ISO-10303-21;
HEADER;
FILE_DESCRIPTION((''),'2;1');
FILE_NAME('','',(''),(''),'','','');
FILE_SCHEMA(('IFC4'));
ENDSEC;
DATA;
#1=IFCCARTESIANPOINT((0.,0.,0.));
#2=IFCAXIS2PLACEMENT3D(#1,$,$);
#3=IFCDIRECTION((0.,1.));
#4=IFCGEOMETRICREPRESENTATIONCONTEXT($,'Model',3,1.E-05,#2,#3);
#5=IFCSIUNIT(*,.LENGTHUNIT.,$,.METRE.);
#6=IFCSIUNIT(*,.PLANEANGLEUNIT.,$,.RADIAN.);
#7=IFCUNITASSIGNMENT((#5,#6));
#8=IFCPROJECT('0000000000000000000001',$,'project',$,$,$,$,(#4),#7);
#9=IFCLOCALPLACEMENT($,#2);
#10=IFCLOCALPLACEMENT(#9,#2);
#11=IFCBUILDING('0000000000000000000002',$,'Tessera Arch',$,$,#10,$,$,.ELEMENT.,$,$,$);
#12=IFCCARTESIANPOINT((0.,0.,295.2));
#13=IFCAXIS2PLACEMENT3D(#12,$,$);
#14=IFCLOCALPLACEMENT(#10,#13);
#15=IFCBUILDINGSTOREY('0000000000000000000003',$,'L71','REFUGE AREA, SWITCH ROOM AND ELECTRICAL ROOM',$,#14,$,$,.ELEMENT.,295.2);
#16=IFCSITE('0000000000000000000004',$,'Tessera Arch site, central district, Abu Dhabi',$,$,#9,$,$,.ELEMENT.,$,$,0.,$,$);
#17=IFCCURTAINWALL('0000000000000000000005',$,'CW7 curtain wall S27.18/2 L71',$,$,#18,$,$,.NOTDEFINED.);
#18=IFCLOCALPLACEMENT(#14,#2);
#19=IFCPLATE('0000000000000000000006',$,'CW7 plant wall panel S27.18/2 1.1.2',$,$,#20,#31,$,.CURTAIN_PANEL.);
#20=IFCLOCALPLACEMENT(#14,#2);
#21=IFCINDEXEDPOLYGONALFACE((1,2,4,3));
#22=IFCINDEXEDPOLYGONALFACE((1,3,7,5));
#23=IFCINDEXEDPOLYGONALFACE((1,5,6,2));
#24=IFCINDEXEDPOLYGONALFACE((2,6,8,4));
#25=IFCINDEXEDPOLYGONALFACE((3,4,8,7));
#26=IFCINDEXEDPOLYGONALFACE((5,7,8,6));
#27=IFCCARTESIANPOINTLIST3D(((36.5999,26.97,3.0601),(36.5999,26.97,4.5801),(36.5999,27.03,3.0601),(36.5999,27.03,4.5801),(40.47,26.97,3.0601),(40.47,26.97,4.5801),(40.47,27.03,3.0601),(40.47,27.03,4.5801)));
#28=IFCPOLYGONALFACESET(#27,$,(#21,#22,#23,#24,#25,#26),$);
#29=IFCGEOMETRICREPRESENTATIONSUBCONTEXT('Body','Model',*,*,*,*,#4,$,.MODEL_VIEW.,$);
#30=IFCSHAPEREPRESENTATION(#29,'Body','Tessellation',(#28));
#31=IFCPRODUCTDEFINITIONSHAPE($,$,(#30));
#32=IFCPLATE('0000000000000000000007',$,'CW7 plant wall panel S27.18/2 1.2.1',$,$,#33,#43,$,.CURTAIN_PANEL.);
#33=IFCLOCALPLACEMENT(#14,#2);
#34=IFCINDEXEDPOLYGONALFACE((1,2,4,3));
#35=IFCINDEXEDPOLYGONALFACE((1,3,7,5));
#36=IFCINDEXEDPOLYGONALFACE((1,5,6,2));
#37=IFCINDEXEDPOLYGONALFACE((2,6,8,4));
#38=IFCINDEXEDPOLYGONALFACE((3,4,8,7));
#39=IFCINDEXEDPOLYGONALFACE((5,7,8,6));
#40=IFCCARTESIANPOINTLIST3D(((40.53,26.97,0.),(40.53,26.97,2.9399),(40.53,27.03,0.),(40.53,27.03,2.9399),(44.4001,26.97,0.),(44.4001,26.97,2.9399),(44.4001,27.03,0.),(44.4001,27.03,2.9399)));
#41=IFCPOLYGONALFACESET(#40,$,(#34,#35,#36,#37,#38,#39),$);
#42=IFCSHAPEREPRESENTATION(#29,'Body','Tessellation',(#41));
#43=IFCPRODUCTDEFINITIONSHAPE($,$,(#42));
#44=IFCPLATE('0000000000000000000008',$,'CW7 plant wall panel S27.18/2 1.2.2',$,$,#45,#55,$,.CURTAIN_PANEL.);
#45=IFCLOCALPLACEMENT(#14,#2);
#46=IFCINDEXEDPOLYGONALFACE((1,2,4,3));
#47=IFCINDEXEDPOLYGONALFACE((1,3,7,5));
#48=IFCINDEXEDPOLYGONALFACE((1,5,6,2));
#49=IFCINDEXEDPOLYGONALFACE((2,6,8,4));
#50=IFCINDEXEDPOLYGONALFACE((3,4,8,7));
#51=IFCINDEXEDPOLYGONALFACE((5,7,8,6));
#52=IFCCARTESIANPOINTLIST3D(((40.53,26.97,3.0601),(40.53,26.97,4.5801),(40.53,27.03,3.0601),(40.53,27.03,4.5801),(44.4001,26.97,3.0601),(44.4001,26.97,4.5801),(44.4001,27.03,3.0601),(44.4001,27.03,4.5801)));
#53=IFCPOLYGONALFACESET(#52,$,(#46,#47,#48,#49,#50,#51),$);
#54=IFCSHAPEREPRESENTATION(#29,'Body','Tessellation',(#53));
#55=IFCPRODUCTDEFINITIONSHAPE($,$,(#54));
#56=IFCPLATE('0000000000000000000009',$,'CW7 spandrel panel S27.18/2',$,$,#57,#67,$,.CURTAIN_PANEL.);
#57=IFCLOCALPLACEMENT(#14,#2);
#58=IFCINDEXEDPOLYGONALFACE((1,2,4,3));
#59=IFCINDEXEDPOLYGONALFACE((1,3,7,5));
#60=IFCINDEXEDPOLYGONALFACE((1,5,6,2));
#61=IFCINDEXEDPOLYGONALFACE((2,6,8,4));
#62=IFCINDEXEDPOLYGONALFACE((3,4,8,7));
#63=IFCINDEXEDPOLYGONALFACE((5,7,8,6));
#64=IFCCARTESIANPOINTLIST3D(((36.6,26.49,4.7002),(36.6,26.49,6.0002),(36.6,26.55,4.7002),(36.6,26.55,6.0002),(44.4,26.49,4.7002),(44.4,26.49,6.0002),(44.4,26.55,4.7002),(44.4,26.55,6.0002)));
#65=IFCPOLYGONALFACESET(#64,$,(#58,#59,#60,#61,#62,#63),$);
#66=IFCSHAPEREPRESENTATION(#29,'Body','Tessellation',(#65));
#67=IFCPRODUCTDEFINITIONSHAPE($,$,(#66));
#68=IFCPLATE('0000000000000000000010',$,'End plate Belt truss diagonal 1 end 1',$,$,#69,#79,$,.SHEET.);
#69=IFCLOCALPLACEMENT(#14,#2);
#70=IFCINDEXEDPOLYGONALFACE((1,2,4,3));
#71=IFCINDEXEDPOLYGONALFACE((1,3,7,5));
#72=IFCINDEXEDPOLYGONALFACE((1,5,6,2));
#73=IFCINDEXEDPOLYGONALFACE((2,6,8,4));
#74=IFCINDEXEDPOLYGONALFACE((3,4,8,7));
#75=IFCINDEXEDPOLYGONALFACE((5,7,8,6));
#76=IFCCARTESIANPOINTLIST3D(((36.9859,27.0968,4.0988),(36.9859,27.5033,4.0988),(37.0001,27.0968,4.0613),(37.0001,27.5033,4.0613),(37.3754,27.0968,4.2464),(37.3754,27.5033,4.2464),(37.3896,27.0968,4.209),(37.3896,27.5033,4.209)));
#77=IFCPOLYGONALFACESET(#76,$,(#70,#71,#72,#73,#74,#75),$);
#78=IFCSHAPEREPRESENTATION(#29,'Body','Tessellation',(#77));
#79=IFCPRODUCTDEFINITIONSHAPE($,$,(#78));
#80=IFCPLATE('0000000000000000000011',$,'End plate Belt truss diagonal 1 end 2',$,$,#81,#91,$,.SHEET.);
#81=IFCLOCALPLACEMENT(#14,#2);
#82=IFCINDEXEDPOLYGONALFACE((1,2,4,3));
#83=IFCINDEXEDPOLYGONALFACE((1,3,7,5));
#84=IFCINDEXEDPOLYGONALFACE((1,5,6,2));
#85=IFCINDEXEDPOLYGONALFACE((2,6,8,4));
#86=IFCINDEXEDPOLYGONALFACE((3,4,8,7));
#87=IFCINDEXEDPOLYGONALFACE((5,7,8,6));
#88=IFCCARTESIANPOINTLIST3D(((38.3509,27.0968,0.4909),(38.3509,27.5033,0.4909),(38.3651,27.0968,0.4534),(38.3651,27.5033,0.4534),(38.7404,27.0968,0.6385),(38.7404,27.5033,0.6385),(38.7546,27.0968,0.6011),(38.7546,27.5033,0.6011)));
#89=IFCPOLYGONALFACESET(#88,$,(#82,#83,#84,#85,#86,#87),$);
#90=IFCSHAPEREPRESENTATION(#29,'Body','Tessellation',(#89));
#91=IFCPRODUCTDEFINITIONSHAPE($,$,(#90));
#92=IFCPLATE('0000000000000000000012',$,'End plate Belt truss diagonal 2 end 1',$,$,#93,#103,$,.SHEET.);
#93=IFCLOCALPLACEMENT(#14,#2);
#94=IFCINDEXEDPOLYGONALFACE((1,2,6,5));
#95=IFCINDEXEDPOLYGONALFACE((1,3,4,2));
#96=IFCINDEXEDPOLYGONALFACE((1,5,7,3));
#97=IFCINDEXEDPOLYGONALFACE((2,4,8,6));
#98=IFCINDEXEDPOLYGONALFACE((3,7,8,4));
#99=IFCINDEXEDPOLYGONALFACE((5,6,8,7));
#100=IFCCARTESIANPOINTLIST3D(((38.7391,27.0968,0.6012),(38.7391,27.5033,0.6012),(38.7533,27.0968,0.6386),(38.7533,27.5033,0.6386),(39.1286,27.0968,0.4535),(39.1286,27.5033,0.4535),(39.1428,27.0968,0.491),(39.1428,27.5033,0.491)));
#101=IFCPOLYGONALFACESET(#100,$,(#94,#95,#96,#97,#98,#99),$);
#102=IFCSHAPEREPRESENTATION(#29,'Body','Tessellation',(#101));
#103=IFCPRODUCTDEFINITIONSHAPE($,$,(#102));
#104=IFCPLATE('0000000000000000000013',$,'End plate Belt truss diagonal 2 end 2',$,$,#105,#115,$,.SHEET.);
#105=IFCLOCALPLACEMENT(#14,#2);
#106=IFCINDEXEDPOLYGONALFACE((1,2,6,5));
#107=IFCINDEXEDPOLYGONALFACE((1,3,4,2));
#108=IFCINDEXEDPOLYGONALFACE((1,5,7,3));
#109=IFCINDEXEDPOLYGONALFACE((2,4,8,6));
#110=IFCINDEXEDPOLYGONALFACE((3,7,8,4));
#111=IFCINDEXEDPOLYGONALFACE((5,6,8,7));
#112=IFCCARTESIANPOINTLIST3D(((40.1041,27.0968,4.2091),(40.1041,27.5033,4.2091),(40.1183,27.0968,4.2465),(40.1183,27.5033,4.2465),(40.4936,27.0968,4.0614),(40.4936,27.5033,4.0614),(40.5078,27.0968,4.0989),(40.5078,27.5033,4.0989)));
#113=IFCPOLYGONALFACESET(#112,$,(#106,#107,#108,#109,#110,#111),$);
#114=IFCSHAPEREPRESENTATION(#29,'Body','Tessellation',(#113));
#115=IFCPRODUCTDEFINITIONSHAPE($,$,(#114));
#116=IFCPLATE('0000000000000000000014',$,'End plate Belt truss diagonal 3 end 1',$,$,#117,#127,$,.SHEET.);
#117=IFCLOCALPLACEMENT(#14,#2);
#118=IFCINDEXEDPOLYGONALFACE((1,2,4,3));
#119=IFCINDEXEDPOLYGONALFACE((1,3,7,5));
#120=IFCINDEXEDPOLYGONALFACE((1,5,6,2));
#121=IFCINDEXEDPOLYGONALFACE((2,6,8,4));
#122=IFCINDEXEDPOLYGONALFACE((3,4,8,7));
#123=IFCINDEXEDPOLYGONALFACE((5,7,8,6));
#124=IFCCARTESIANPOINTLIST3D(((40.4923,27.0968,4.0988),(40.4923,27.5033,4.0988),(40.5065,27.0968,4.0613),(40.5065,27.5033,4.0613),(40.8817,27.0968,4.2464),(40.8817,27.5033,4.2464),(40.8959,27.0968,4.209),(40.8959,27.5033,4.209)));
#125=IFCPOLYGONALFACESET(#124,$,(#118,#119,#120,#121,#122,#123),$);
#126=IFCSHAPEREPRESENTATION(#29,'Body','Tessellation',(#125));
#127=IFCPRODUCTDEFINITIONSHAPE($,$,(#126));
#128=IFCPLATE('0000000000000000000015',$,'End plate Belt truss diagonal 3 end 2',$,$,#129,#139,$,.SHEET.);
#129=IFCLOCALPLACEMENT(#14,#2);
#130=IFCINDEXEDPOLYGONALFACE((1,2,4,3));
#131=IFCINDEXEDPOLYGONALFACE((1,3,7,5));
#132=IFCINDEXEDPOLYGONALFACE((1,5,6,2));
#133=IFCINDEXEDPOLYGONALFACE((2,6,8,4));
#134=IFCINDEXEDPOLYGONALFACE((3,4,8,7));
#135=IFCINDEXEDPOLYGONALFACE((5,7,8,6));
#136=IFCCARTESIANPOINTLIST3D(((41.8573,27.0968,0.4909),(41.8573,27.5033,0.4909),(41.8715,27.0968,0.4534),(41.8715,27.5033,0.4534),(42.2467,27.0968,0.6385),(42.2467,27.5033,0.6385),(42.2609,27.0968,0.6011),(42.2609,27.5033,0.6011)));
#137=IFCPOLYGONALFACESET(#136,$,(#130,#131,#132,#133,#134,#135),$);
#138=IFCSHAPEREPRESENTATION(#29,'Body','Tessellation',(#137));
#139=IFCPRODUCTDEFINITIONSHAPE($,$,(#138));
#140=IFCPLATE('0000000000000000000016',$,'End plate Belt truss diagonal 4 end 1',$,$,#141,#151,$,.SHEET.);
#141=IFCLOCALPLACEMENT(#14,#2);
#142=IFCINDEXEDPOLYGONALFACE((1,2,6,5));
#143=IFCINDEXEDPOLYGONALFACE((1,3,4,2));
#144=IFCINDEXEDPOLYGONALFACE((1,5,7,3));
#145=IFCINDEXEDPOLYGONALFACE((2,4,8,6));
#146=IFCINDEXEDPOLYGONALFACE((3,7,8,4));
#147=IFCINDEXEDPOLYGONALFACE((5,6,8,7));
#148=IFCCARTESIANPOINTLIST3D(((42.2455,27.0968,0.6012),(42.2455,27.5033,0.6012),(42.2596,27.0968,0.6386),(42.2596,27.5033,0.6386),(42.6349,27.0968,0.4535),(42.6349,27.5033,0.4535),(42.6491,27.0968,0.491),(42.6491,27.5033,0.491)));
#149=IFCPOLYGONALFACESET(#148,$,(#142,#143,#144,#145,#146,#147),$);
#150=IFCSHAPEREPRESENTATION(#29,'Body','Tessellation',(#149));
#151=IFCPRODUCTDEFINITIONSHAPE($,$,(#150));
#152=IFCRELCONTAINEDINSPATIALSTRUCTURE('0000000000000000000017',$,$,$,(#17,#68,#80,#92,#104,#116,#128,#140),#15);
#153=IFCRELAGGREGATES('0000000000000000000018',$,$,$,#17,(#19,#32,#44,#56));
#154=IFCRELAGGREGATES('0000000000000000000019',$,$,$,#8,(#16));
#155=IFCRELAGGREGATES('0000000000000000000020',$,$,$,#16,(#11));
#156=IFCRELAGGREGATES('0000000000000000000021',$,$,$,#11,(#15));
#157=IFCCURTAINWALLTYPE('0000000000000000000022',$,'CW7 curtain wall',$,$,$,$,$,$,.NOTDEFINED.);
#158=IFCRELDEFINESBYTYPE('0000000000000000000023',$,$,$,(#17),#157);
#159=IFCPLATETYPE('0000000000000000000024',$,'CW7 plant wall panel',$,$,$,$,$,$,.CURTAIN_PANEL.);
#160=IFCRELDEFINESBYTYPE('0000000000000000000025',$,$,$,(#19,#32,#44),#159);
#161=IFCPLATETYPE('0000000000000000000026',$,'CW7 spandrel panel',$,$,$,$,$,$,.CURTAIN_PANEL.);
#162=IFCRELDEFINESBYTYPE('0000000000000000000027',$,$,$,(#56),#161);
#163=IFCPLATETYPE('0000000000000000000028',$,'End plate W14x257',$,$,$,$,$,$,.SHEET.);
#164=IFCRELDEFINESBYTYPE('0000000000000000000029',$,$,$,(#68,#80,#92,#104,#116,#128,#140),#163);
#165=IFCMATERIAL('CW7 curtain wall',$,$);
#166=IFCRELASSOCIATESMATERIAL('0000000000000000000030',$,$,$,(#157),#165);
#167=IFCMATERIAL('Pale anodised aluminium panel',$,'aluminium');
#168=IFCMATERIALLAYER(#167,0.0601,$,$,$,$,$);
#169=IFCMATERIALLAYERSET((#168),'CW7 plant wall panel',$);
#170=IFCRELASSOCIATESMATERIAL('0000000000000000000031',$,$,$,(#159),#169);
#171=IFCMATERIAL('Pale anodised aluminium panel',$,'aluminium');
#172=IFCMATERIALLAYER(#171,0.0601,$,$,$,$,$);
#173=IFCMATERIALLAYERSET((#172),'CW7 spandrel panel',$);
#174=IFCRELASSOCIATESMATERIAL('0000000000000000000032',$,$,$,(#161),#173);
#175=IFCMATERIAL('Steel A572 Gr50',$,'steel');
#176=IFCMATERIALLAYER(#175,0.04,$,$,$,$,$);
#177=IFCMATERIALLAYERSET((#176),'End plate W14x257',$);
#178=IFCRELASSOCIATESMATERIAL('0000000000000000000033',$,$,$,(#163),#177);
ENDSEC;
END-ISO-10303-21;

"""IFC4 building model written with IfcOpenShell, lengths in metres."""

from ifc_helpers import new_model, si_unit, direction, frame, origin, origin_2d, place, context, subcontext, project, spatial, rectangle, extrude, material, layer, layer_set, type_object, element, aggregate, save


model = new_model("IFC4")

# Units and contexts
model_context = context("Model", 3, precision=1e-05, world=origin(), true_north=direction((0.0, 1.0)))
body_context = subcontext(model_context, "Body", "Model", "MODEL_VIEW")
ifc_project = project(units=[si_unit("LENGTHUNIT", "METRE"), si_unit("PLANEANGLEUNIT", "RADIAN")], contexts=[model_context])

# Site, building, storey
site_placement = place(None, origin())
site = spatial("IfcSite", under=ifc_project, at=site_placement, Name="Tessera Arch site, central district, Abu Dhabi", CompositionType="ELEMENT", RefElevation=0.0)
building_placement = place(site_placement, origin())
building = spatial("IfcBuilding", under=site, at=building_placement, Name="Tessera Arch", CompositionType="ELEMENT")
storey_placement = place(building_placement, frame((0.0, 0.0, 295.2)))
storey = spatial("IfcBuildingStorey", under=building, at=storey_placement, Name="L71", Description="REFUGE AREA, SWITCH ROOM AND ELECTRICAL ROOM", CompositionType="ELEMENT", Elevation=295.2)

# Curtain wall
ifc_material_1 = material(Name="CW7 curtain wall")
curtain_wall_type = type_object("IfcCurtainWallType", Name="CW7 curtain wall", PredefinedType="NOTDEFINED", material=ifc_material_1)
curtain_wall_placement = place(storey_placement, origin())
curtain_wall = element("IfcCurtainWall", 1, at=curtain_wall_placement, inside=storey, type_object=curtain_wall_type, Name="CW7 curtain wall S27.18/2 L71", PredefinedType="NOTDEFINED")

# Plates
ifc_material_2 = material(Name="Pale anodised aluminium panel", Category="aluminium")
ifc_layer_1 = layer(ifc_material_2, 0.0601)
ifc_layer_set_1 = layer_set([ifc_layer_1], Name="CW7 plant wall panel")
plate_type_1 = type_object("IfcPlateType", Name="CW7 plant wall panel", PredefinedType="CURTAIN_PANEL", material=ifc_layer_set_1)
plate_1_placement = place(storey_placement, frame((38.5349, 27.0, 3.0601), z_axis=(0.0, 0.0, 1.0), x_axis=(1.0, 0.0, 0.0)))
plate_1 = element("IfcPlate", 2, at=plate_1_placement, type_object=plate_type_1, Name="CW7 plant wall panel S27.18/2 1.1.2", PredefinedType="CURTAIN_PANEL", context=body_context, shape_type="SweptSolid", body=[
    extrude(rectangle(XDim=3.8701, YDim=0.0601, at=origin_2d()), origin(), (0.0, 0.0, 1.0), 1.52),
])
plate_2_placement = place(storey_placement, frame((42.4651, 27.0, 0.0), z_axis=(0.0, 0.0, 1.0), x_axis=(1.0, 0.0, 0.0)))
plate_2 = element("IfcPlate", 3, at=plate_2_placement, type_object=plate_type_1, Name="CW7 plant wall panel S27.18/2 1.2.1", PredefinedType="CURTAIN_PANEL", context=body_context, shape_type="SweptSolid", body=[
    extrude(rectangle(XDim=3.8701, YDim=0.0601, at=origin_2d()), origin(), (0.0, 0.0, 1.0), 2.9399),
])
plate_3_placement = place(storey_placement, frame((42.4651, 27.0, 3.0601), z_axis=(0.0, 0.0, 1.0), x_axis=(1.0, 0.0, 0.0)))
plate_3 = element("IfcPlate", 4, at=plate_3_placement, type_object=plate_type_1, Name="CW7 plant wall panel S27.18/2 1.2.2", PredefinedType="CURTAIN_PANEL", context=body_context, shape_type="SweptSolid", body=[
    extrude(rectangle(XDim=3.8701, YDim=0.0601, at=origin_2d()), origin(), (0.0, 0.0, 1.0), 1.52),
])
ifc_material_3 = material(Name="Pale anodised aluminium panel", Category="aluminium")
ifc_layer_2 = layer(ifc_material_3, 0.0601)
ifc_layer_set_2 = layer_set([ifc_layer_2], Name="CW7 spandrel panel")
plate_type_2 = type_object("IfcPlateType", Name="CW7 spandrel panel", PredefinedType="CURTAIN_PANEL", material=ifc_layer_set_2)
plate_4_placement = place(storey_placement, frame((40.5, 26.52, 4.7002), z_axis=(0.0, 0.0, 1.0), x_axis=(1.0, 0.0, 0.0)))
plate_4 = element("IfcPlate", 5, at=plate_4_placement, type_object=plate_type_2, Name="CW7 spandrel panel S27.18/2", PredefinedType="CURTAIN_PANEL", context=body_context, shape_type="SweptSolid", body=[
    extrude(rectangle(XDim=7.8, YDim=0.0601, at=origin_2d()), origin(), (0.0, 0.0, 1.0), 1.3),
])
aggregate(curtain_wall, [plate_1, plate_2, plate_3, plate_4])

# Plates
ifc_material_4 = material(Name="Steel A572 Gr50", Category="steel")
ifc_layer_3 = layer(ifc_material_4, 0.04)
ifc_layer_set_3 = layer_set([ifc_layer_3], Name="End plate W14x257")
plate_type_3 = type_object("IfcPlateType", Name="End plate W14x257", PredefinedType="SHEET", material=ifc_layer_set_3)
for number, where, z_axis, x_axis, name in (
    (6, (37.1807, 27.3, 4.1726), (0.35447, 0.0, -0.935067), (0.0, 1.0, 0.0), "End plate Belt truss diagonal 1 end 1"),
    (7, (38.5457, 27.3, 0.5647), (0.35447, 0.0, -0.935067), (0.0, 1.0, 0.0), "End plate Belt truss diagonal 1 end 2"),
    (8, (38.9338, 27.3, 0.5273), (0.35447, 0.0, 0.935067), (0.0, 1.0, 0.0), "End plate Belt truss diagonal 2 end 1"),
    (9, (40.2988, 27.3, 4.1353), (0.35447, 0.0, 0.935067), (0.0, 1.0, 0.0), "End plate Belt truss diagonal 2 end 2"),
    (10, (40.687, 27.3, 4.1726), (0.35447, 0.0, -0.935067), (0.0, 1.0, 0.0), "End plate Belt truss diagonal 3 end 1"),
    (11, (42.052, 27.3, 0.5647), (0.35447, 0.0, -0.935067), (0.0, 1.0, 0.0), "End plate Belt truss diagonal 3 end 2"),
    (12, (42.4402, 27.3, 0.5273), (0.35447, 0.0, 0.935067), (0.0, 1.0, 0.0), "End plate Belt truss diagonal 4 end 1"),
):
    element("IfcPlate", number, at=place(storey_placement, frame(where, z_axis=z_axis, x_axis=x_axis)), inside=storey, type_object=plate_type_3, Name=name, PredefinedType="SHEET", context=body_context, shape_type="SweptSolid", body=[
        extrude(rectangle(XDim=0.4065, YDim=0.4165, at=origin_2d()), origin(), (0.0, 0.0, 1.0), 0.04),
    ])

save(model, "model.ifc")
